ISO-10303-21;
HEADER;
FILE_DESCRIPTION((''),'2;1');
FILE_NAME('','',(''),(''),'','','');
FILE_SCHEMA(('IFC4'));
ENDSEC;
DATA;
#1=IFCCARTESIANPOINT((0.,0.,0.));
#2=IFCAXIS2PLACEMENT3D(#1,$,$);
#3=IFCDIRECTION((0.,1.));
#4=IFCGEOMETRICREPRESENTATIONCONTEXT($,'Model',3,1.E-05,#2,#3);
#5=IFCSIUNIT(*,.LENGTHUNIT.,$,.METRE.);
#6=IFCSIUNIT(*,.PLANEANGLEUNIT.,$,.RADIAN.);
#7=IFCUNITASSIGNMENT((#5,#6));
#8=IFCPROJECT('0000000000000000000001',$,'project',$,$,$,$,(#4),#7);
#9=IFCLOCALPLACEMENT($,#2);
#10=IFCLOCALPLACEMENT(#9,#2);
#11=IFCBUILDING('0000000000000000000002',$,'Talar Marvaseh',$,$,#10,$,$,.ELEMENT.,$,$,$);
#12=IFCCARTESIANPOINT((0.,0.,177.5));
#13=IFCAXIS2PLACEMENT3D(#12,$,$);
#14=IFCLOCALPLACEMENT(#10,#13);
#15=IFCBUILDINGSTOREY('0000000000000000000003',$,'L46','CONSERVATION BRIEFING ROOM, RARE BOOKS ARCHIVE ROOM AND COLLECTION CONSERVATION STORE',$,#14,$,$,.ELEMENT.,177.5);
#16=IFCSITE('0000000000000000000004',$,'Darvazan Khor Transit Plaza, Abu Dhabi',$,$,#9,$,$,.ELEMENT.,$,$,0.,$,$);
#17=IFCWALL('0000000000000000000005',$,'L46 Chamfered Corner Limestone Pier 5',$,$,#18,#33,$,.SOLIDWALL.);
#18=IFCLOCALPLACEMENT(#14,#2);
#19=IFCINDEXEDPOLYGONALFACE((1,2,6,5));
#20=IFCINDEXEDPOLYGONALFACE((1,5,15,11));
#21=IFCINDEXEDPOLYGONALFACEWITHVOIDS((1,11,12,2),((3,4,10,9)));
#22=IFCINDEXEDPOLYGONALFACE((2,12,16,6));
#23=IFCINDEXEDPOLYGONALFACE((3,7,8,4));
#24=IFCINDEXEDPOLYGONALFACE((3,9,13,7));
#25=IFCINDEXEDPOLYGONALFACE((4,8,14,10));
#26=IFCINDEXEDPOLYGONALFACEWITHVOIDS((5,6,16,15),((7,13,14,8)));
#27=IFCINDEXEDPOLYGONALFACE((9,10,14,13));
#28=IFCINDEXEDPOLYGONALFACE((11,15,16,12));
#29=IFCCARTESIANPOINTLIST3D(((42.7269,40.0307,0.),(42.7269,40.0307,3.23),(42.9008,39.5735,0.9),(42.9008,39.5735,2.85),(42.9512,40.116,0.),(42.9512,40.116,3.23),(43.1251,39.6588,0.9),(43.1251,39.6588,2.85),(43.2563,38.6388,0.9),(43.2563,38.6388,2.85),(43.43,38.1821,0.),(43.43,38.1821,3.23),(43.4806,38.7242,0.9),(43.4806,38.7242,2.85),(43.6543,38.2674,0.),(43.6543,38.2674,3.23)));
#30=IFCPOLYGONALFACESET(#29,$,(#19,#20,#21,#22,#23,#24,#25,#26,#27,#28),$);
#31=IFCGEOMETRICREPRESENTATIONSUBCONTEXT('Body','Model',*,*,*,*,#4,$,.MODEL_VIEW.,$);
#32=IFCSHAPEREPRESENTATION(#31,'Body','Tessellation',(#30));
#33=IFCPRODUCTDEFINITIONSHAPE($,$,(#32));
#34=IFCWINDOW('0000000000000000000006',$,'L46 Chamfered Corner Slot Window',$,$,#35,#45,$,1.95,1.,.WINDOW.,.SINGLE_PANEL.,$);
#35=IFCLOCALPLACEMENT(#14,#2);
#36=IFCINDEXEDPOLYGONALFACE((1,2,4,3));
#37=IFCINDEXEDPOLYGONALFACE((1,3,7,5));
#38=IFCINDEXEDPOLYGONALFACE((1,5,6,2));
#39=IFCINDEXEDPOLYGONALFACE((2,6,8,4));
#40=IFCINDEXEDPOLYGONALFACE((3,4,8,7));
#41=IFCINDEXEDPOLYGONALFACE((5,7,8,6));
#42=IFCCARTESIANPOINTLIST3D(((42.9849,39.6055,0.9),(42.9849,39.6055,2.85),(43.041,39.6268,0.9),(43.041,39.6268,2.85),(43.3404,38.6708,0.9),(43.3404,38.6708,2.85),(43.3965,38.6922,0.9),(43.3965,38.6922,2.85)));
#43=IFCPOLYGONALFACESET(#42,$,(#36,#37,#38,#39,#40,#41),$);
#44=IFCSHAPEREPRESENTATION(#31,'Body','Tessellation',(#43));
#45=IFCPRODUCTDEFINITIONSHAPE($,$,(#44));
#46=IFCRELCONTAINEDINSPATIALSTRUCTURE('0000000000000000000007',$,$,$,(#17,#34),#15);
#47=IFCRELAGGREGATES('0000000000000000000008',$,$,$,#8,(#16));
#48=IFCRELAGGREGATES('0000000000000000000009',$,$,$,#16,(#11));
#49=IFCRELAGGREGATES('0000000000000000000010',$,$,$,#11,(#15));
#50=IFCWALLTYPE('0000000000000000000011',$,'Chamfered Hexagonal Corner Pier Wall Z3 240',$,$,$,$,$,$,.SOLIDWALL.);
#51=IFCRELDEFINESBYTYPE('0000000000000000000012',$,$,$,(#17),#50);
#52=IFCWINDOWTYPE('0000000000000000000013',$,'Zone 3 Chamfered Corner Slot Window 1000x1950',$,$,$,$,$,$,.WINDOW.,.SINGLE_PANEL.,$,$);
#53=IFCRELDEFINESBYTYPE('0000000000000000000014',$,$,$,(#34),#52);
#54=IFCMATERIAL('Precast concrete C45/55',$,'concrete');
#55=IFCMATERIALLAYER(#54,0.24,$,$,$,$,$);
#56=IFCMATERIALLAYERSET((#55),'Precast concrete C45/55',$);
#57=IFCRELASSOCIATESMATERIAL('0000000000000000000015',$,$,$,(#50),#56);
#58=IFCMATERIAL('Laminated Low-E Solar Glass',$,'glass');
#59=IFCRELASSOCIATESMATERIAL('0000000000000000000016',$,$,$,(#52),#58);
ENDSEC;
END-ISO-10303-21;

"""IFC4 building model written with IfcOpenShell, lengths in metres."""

from ifc_helpers import new_model, si_unit, direction, frame, frame_2d, origin, place, context, subcontext, project, spatial, rectangle, extrude, source, transform, mapped, material, layer, layer_set, type_object, type_shapes, element, fill, save


model = new_model("IFC4")

# Units and contexts
model_context = context("Model", 3, precision=1e-05, world=origin(), true_north=direction((0.0, 1.0)))
body_context = subcontext(model_context, "Body", "Model", "MODEL_VIEW")
ifc_project = project(units=[si_unit("LENGTHUNIT", "METRE"), si_unit("PLANEANGLEUNIT", "RADIAN")], contexts=[model_context])

# Site, building, storey
site_placement = place(None, origin())
site = spatial("IfcSite", under=ifc_project, at=site_placement, Name="Darvazan Khor Transit Plaza, Abu Dhabi", CompositionType="ELEMENT", RefElevation=0.0)
building_placement = place(site_placement, origin())
building = spatial("IfcBuilding", under=site, at=building_placement, Name="Talar Marvaseh", CompositionType="ELEMENT")
storey_placement = place(building_placement, frame((0.0, 0.0, 177.5)))
storey = spatial("IfcBuildingStorey", under=building, at=storey_placement, Name="L46", Description="CONSERVATION BRIEFING ROOM, RARE BOOKS ARCHIVE ROOM AND COLLECTION CONSERVATION STORE", CompositionType="ELEMENT", Elevation=177.5)

# Shared definitions
ifc_material_1 = material(Name="Laminated Low-E Solar Glass", Category="glass")

# Wall, opening, window
ifc_material_2 = material(Name="Precast concrete C45/55", Category="concrete")
ifc_layer_1 = layer(ifc_material_2, 0.24)
ifc_layer_set_1 = layer_set([ifc_layer_1], Name="Precast concrete C45/55")
wall_type = type_object("IfcWallType", Name="Chamfered Hexagonal Corner Pier Wall Z3 240", PredefinedType="SOLIDWALL", material=ifc_layer_set_1)
wall_placement = place(storey_placement, frame((42.8391, 40.0732, 0.0), z_axis=(0.0, 0.0, 1.0), x_axis=(0.355503, -0.934675, 0.0)))
wall = element("IfcWall", 1, at=wall_placement, inside=storey, type_object=wall_type, Name="L46 Chamfered Corner Limestone Pier 5", PredefinedType="SOLIDWALL", context=body_context, shape_type="SweptSolid", body=[
    extrude(rectangle(XDim=1.9778, YDim=0.24, at=frame_2d((0.9888, 0.0))), origin(), (0.0, 0.0, 1.0), 3.23),
])
opening_placement = place(wall_placement, frame((0.489, 0.0, 0.8999)))
opening = element("IfcOpeningElement", 2, at=opening_placement, cuts=wall, PredefinedType="OPENING", context=body_context, shape_type="SweptSolid", body=[
    extrude(rectangle(XDim=1.0, YDim=1.95, at=frame_2d((0.5, 0.9751))), frame((0.0, 0.1299, 0.0), z_axis=(0.0, -1.0, 0.0), x_axis=(1.0, 0.0, 0.0)), (0.0, 0.0, 1.0), 0.26),
])
window_type = type_object("IfcWindowType", Name="Zone 3 Chamfered Corner Slot Window 1000x1950", PartitioningType="SINGLE_PANEL", PredefinedType="WINDOW", material=ifc_material_1)
shared_shape_1 = source(origin(), body_context, "Body", "SweptSolid", [
    extrude(rectangle(XDim=1.0, YDim=1.95, at=frame_2d((0.5, 0.9751))), frame((0.0, 0.03, 0.0), z_axis=(0.0, -1.0, 0.0), x_axis=(1.0, 0.0, 0.0)), (0.0, 0.0, 1.0), 0.0601),
])
type_shapes(window_type, [shared_shape_1])
window_placement = place(opening_placement, origin())
window = element("IfcWindow", 3, at=window_placement, inside=storey, type_object=window_type, Name="L46 Chamfered Corner Slot Window", OverallHeight=1.95, OverallWidth=1.0, PartitioningType="SINGLE_PANEL", PredefinedType="WINDOW", context=body_context, shape_type="MappedRepresentation", body=[
    mapped(shared_shape_1, transform((0.0, 0.0, 0.0), x_axis=(1.0, 0.0, 0.0), y_axis=(0.0, 1.0, 0.0), z_axis=(0.0, 0.0, 1.0), scale=1.0)),
])
fill(opening, window)

save(model, "model.ifc")
